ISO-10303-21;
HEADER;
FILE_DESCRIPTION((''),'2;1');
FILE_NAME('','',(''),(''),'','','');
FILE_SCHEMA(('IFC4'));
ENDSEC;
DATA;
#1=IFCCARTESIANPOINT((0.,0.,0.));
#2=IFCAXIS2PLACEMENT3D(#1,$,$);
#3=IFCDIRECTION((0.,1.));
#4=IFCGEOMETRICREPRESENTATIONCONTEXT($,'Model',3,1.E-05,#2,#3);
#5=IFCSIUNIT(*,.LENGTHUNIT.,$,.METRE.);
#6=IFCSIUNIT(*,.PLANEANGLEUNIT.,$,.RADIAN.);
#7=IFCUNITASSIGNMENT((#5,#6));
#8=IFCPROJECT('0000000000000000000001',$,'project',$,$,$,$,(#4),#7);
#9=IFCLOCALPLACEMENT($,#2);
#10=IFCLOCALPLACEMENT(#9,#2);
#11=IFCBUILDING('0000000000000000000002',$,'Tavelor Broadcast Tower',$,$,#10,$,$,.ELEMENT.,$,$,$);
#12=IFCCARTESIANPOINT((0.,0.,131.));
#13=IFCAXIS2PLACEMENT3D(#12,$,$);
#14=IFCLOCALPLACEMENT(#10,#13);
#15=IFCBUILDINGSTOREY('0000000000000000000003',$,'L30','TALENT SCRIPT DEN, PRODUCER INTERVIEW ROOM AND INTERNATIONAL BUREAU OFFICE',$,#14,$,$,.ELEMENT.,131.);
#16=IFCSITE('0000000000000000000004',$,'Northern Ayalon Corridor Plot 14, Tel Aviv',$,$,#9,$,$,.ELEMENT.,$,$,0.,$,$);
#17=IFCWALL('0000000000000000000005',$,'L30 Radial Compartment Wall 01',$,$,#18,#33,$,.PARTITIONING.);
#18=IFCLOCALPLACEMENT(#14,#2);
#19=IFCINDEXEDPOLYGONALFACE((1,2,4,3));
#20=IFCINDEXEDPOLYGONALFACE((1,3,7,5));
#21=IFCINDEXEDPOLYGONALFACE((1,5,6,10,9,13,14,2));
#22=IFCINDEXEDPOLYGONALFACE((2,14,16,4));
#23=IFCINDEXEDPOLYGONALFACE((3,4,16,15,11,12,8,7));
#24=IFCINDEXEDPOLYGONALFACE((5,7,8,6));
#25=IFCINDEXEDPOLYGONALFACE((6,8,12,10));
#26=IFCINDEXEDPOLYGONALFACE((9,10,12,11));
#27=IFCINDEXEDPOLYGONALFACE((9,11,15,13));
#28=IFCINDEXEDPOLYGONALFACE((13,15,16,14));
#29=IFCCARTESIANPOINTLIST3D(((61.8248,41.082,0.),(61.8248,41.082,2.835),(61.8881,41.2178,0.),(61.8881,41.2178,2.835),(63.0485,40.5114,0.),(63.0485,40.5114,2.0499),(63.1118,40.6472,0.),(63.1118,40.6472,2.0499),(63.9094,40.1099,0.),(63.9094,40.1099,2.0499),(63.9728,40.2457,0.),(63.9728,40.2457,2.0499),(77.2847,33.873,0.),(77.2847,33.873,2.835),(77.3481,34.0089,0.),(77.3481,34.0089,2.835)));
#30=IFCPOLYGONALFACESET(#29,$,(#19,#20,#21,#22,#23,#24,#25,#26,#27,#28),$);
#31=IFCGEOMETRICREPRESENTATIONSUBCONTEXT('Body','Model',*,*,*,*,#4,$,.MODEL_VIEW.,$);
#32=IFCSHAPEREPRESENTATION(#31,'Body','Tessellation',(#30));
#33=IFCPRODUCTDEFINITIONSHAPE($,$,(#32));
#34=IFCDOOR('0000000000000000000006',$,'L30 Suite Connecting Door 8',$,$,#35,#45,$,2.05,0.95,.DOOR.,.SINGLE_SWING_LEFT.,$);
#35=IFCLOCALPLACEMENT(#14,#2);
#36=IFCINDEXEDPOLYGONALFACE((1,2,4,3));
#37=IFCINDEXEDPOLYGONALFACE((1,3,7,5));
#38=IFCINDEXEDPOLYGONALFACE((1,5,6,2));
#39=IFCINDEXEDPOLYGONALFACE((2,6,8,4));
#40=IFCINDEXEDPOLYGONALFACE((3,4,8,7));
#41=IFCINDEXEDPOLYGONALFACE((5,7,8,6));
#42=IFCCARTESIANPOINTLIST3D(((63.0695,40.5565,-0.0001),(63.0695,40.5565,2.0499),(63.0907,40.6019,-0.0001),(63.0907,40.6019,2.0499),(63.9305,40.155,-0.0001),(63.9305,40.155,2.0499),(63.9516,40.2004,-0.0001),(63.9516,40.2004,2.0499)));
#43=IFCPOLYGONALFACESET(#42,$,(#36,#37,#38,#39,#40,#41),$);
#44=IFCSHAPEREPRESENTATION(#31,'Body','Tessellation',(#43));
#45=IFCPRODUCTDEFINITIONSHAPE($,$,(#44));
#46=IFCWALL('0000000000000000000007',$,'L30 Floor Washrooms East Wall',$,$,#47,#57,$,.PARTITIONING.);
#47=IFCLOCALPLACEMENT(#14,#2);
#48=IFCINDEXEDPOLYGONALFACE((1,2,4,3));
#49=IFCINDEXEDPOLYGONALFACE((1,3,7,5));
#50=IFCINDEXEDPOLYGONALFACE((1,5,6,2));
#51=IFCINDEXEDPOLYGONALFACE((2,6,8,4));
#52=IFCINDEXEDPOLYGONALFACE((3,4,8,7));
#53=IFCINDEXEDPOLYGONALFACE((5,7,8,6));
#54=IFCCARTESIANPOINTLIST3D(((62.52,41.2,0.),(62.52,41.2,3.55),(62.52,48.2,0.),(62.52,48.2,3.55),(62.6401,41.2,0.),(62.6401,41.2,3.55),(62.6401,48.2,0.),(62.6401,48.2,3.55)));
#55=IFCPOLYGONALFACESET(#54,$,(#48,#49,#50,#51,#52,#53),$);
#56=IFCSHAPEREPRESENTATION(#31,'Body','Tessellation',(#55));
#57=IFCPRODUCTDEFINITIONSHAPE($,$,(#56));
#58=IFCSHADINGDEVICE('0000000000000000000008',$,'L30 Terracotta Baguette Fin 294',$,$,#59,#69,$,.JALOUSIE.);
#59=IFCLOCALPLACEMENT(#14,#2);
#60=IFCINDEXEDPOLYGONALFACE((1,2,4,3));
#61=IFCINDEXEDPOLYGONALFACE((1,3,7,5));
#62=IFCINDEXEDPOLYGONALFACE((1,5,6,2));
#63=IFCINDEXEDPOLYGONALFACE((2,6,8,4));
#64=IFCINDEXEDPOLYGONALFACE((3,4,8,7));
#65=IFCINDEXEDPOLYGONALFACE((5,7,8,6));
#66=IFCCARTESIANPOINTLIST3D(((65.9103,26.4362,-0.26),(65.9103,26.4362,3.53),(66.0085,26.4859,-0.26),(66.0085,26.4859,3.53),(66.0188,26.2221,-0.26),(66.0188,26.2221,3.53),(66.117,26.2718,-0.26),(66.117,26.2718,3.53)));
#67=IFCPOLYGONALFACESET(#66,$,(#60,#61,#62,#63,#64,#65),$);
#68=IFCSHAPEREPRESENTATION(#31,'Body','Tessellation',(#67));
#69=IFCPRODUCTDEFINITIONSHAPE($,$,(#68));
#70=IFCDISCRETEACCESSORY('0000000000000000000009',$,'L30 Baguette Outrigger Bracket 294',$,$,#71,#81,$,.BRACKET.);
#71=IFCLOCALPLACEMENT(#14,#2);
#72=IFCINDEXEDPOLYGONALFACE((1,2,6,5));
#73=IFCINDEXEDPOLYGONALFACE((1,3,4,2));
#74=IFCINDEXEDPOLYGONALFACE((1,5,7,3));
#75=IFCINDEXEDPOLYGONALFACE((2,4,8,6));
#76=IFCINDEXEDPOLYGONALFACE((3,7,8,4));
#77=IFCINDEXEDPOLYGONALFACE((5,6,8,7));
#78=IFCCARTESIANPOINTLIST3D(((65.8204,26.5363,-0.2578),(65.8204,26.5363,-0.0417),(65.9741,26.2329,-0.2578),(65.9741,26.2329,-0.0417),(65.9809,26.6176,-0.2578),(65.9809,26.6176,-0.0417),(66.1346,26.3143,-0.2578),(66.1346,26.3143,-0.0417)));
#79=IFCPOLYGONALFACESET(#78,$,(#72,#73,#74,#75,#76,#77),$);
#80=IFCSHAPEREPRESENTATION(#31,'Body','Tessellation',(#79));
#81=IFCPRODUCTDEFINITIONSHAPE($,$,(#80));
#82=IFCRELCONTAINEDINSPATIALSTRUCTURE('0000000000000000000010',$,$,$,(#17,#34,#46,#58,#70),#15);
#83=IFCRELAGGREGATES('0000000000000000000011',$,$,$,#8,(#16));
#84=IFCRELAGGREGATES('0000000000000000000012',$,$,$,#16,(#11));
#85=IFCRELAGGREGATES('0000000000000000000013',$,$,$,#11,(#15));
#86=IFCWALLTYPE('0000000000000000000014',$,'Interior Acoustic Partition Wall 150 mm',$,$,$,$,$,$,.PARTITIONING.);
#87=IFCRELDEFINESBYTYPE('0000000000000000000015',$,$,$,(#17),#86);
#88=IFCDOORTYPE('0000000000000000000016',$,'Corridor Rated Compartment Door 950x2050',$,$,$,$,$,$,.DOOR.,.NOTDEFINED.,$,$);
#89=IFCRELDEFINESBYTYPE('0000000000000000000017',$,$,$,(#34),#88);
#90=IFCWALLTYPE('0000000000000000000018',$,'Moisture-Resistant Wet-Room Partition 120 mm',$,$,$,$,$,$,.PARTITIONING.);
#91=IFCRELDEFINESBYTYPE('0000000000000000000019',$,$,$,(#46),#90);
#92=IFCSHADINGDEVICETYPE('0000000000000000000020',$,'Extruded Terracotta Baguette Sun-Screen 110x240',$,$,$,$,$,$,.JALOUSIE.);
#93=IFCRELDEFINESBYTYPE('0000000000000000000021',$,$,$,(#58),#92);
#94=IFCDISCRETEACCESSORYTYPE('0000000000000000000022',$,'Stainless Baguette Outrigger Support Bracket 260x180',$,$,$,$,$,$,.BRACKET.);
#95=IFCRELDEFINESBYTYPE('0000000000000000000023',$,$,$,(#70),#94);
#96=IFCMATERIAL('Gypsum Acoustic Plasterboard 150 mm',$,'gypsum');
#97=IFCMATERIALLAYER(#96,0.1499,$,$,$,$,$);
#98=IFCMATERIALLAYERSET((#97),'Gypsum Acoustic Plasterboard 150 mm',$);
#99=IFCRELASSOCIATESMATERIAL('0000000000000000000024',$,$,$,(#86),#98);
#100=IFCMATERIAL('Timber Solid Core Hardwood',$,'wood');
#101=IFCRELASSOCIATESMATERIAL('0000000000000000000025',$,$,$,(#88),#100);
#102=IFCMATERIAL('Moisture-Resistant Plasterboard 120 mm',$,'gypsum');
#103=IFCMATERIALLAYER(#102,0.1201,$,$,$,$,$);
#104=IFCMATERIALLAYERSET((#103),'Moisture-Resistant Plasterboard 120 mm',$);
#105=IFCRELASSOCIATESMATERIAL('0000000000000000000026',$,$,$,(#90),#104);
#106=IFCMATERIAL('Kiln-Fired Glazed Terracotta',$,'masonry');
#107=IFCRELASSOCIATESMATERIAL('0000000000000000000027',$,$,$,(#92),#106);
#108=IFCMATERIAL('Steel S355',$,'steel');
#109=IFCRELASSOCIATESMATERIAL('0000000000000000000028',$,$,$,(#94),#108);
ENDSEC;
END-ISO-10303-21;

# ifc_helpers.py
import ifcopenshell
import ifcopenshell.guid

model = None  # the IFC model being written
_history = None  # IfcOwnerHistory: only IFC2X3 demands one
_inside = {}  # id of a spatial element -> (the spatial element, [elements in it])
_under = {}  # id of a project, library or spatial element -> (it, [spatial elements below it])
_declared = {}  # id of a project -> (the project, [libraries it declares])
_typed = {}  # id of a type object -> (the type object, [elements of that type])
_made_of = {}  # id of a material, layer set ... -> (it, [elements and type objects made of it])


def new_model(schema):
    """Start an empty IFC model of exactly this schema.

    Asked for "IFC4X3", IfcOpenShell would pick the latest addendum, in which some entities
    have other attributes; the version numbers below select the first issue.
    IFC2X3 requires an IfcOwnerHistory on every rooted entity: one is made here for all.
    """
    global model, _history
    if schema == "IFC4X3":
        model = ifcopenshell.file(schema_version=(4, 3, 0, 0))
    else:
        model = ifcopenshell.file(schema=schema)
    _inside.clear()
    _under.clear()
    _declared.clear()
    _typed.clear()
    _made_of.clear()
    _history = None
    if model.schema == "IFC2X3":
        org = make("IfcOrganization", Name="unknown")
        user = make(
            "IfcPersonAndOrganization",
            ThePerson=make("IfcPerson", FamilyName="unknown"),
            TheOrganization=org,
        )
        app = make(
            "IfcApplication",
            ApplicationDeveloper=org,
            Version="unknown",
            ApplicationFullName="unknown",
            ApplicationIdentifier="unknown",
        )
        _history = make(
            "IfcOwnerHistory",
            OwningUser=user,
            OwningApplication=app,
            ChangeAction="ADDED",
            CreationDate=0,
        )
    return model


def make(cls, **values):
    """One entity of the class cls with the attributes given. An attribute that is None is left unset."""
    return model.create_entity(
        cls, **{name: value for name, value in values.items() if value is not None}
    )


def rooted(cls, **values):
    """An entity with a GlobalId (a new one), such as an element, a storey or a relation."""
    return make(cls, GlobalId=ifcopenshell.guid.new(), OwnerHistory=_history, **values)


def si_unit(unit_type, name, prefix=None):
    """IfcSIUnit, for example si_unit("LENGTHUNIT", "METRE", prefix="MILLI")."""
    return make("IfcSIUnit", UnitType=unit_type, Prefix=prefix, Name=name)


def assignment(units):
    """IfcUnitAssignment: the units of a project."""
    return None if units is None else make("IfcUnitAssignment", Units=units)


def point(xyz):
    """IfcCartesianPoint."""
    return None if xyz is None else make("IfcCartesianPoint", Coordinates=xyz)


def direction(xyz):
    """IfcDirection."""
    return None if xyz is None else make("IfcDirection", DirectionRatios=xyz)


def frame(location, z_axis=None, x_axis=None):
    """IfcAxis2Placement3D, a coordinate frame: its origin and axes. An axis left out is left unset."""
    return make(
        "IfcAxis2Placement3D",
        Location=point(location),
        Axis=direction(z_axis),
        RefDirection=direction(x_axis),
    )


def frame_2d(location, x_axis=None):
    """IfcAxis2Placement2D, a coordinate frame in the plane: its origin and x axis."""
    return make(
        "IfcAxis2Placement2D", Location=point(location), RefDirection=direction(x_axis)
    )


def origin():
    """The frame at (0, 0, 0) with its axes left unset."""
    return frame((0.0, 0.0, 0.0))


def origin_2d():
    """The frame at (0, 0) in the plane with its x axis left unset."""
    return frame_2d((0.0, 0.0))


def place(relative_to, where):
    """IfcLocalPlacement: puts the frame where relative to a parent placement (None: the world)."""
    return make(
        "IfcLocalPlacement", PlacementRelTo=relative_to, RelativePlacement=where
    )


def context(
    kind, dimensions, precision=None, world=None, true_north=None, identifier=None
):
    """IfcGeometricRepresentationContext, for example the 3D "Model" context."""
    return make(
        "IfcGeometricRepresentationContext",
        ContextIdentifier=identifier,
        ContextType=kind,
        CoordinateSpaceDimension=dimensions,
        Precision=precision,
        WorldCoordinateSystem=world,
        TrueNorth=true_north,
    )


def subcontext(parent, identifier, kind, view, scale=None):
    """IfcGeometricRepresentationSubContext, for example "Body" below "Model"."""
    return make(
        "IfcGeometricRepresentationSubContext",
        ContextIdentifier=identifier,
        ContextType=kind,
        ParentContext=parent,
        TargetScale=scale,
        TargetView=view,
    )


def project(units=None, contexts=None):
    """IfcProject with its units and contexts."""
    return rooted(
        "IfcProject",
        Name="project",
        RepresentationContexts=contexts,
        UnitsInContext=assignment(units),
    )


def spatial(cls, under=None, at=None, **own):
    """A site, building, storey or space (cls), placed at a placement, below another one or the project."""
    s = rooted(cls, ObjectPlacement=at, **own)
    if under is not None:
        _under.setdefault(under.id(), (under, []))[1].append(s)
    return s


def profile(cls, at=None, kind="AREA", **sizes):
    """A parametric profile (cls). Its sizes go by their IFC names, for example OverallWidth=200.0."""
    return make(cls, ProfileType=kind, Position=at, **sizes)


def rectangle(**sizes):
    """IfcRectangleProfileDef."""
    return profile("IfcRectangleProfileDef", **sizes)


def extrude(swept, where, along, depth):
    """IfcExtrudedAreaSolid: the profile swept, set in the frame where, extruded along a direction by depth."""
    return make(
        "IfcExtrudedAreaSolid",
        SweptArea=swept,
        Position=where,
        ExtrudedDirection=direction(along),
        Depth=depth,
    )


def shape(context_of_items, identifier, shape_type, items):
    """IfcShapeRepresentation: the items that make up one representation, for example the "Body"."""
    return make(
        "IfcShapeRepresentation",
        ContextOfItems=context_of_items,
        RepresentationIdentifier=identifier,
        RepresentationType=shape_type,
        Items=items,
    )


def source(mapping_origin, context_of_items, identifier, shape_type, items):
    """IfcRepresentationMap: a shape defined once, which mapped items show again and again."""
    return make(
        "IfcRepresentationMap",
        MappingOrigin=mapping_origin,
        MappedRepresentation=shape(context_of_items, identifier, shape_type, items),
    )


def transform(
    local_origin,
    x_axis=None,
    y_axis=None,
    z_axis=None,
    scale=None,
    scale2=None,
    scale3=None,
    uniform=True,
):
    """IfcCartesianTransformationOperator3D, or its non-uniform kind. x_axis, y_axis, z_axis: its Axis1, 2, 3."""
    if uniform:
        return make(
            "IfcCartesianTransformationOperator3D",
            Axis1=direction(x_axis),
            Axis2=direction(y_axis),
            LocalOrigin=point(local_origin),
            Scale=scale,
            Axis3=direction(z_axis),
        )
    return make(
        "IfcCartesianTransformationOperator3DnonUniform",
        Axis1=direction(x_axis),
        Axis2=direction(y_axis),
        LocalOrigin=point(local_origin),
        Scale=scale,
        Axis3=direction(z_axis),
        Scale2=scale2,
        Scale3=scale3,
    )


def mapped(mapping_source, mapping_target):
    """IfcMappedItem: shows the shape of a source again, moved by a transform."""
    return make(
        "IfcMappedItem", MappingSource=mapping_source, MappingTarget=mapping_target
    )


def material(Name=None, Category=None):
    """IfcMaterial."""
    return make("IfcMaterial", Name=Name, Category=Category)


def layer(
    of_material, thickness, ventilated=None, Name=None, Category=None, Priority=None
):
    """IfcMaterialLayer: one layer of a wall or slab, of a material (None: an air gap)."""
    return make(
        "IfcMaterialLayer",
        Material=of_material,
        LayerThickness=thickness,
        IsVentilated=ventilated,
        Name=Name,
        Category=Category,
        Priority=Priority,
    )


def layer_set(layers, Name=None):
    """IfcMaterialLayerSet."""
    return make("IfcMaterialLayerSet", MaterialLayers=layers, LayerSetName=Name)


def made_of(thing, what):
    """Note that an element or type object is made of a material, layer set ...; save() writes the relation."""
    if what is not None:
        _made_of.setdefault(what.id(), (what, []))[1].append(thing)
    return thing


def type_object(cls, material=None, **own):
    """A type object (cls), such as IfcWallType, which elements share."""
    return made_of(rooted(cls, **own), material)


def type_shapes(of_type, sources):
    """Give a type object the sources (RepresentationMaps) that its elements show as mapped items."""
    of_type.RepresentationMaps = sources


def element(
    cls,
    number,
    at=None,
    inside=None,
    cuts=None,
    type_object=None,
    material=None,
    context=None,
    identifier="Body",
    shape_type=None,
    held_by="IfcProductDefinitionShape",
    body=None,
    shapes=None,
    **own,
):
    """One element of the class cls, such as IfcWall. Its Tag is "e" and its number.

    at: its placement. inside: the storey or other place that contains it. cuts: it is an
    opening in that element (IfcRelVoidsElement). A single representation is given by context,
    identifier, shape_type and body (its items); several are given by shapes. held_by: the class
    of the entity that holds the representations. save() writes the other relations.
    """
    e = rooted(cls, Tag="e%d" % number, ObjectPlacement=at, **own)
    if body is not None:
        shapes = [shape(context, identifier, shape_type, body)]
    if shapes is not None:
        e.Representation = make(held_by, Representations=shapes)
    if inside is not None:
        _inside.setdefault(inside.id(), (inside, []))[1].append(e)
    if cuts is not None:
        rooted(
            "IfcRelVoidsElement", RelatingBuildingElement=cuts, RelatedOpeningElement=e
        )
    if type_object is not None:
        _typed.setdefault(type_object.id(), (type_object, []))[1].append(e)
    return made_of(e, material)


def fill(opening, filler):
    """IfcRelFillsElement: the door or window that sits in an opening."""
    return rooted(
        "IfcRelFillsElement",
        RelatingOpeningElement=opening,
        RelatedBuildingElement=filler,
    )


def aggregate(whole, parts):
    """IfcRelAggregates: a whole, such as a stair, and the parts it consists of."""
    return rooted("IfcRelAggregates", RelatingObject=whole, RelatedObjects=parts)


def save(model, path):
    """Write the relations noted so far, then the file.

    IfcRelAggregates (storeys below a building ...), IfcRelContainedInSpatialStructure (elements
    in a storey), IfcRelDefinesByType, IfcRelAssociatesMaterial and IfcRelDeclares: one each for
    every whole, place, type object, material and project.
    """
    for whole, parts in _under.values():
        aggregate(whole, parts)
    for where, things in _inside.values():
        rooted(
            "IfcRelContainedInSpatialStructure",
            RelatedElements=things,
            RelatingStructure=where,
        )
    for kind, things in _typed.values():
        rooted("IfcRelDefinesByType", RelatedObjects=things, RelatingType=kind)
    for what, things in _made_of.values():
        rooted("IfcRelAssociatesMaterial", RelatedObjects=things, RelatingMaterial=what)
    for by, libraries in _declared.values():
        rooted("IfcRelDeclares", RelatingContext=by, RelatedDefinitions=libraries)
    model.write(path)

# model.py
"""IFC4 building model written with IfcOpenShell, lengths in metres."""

from ifc_helpers import new_model, si_unit, direction, frame, frame_2d, origin, origin_2d, place, context, subcontext, project, spatial, rectangle, extrude, source, transform, mapped, material, layer, layer_set, type_object, type_shapes, element, fill, save


model = new_model("IFC4")

# Units and contexts
model_context = context("Model", 3, precision=1e-05, world=origin(), true_north=direction((0.0, 1.0)))
body_context = subcontext(model_context, "Body", "Model", "MODEL_VIEW")
ifc_project = project(units=[si_unit("LENGTHUNIT", "METRE"), si_unit("PLANEANGLEUNIT", "RADIAN")], contexts=[model_context])

# Site, building, storey
site_placement = place(None, origin())
site = spatial("IfcSite", under=ifc_project, at=site_placement, Name="Northern Ayalon Corridor Plot 14, Tel Aviv", CompositionType="ELEMENT", RefElevation=0.0)
building_placement = place(site_placement, origin())
building = spatial("IfcBuilding", under=site, at=building_placement, Name="Tavelor Broadcast Tower", CompositionType="ELEMENT")
storey_placement = place(building_placement, frame((0.0, 0.0, 131.0)))
storey = spatial("IfcBuildingStorey", under=building, at=storey_placement, Name="L30", Description="TALENT SCRIPT DEN, PRODUCER INTERVIEW ROOM AND INTERNATIONAL BUREAU OFFICE", CompositionType="ELEMENT", Elevation=131.0)

# Shared definitions
ifc_material_1 = material(Name="Steel S355", Category="steel")

# Wall, opening, door
ifc_material_2 = material(Name="Gypsum Acoustic Plasterboard 150 mm", Category="gypsum")
ifc_layer_1 = layer(ifc_material_2, 0.1499)
ifc_layer_set_1 = layer_set([ifc_layer_1], Name="Gypsum Acoustic Plasterboard 150 mm")
wall_type_1 = type_object("IfcWallType", Name="Interior Acoustic Partition Wall 150 mm", PredefinedType="PARTITIONING", material=ifc_layer_set_1)
wall_1_placement = place(storey_placement, frame((61.8564, 41.1499, 0.0), z_axis=(0.0, 0.0, 1.0), x_axis=(0.90631, -0.422613, 0.0)))
wall_1 = element("IfcWall", 1, at=wall_1_placement, inside=storey, type_object=wall_type_1, Name="L30 Radial Compartment Wall 01", PredefinedType="PARTITIONING", context=body_context, shape_type="SweptSolid", body=[
    extrude(rectangle(XDim=17.0581, YDim=0.1499, at=frame_2d((8.5291, 0.0))), origin(), (0.0, 0.0, 1.0), 2.835),
])
opening_placement = place(wall_1_placement, frame((1.3501, 0.0, 0.0)))
opening = element("IfcOpeningElement", 2, at=opening_placement, cuts=wall_1, PredefinedType="OPENING", context=body_context, shape_type="SweptSolid", body=[
    extrude(rectangle(XDim=0.95, YDim=2.05, at=frame_2d((0.4751, 1.0249))), frame((0.0, 0.085, 0.0), z_axis=(0.0, -1.0, 0.0), x_axis=(1.0, 0.0, 0.0)), (0.0, 0.0, 1.0), 0.1699),
])
ifc_material_3 = material(Name="Timber Solid Core Hardwood", Category="wood")
door_type = type_object("IfcDoorType", Name="Corridor Rated Compartment Door 950x2050", OperationType="NOTDEFINED", PredefinedType="DOOR", material=ifc_material_3)
door_placement = place(opening_placement, origin())
door = element("IfcDoor", 3, at=door_placement, inside=storey, type_object=door_type, Name="L30 Suite Connecting Door 8", OperationType="SINGLE_SWING_LEFT", OverallHeight=2.05, OverallWidth=0.95, PredefinedType="DOOR", context=body_context, shape_type="SweptSolid", body=[
    extrude(rectangle(XDim=0.95, YDim=2.05, at=frame_2d((0.4751, 1.0249))), frame((0.0, 0.0249, 0.0), z_axis=(0.0, -1.0, 0.0), x_axis=(1.0, 0.0, 0.0)), (0.0, 0.0, 1.0), 0.05),
])
fill(opening, door)

# Wall
ifc_material_4 = material(Name="Moisture-Resistant Plasterboard 120 mm", Category="gypsum")
ifc_layer_2 = layer(ifc_material_4, 0.1201)
ifc_layer_set_2 = layer_set([ifc_layer_2], Name="Moisture-Resistant Plasterboard 120 mm")
wall_type_2 = type_object("IfcWallType", Name="Moisture-Resistant Wet-Room Partition 120 mm", PredefinedType="PARTITIONING", material=ifc_layer_set_2)
wall_2_placement = place(storey_placement, frame((62.5801, 41.2, 0.0), z_axis=(0.0, 0.0, 1.0), x_axis=(0.0, 1.0, 0.0)))
element("IfcWall", 4, at=wall_2_placement, inside=storey, type_object=wall_type_2, Name="L30 Floor Washrooms East Wall", PredefinedType="PARTITIONING", context=body_context, shape_type="SweptSolid", body=[
    extrude(rectangle(XDim=7.0, YDim=0.1201, at=frame_2d((3.5, 0.0))), origin(), (0.0, 0.0, 1.0), 3.55),
])

# Shading device
ifc_material_5 = material(Name="Kiln-Fired Glazed Terracotta", Category="masonry")
shading_device_type = type_object("IfcShadingDeviceType", Name="Extruded Terracotta Baguette Sun-Screen 110x240", PredefinedType="JALOUSIE", material=ifc_material_5)
shared_shape_1 = source(origin(), body_context, "Body", "SweptSolid", [
    extrude(rectangle(XDim=0.1101, YDim=0.24, at=origin_2d()), origin(), (0.0, 0.0, 1.0), 3.79),
])
type_shapes(shading_device_type, [shared_shape_1])
shading_device_placement = place(storey_placement, frame((66.0137, 26.354, -0.26), z_axis=(0.0, 0.0, 1.0), x_axis=(0.892034, 0.451968, 0.0)))
element("IfcShadingDevice", 5, at=shading_device_placement, inside=storey, type_object=shading_device_type, Name="L30 Terracotta Baguette Fin 294", PredefinedType="JALOUSIE", context=body_context, shape_type="MappedRepresentation", body=[
    mapped(shared_shape_1, transform((0.0, 0.0, 0.0), scale=1.0)),
])

# Discrete accessory
discrete_accessory_type = type_object("IfcDiscreteAccessoryType", Name="Stainless Baguette Outrigger Support Bracket 260x180", PredefinedType="BRACKET", material=ifc_material_1)
shared_shape_2 = source(origin(), body_context, "Body", "SweptSolid", [
    extrude(rectangle(XDim=0.1799, YDim=0.3401, at=origin_2d()), origin(), (0.0, 0.0, 1.0), 0.2161),
])
type_shapes(discrete_accessory_type, [shared_shape_2])
discrete_accessory_placement = place(storey_placement, frame((65.9775, 26.4253, -0.2578), z_axis=(0.0, 0.0, 1.0), x_axis=(0.892034, 0.451968, 0.0)))
element("IfcDiscreteAccessory", 6, at=discrete_accessory_placement, inside=storey, type_object=discrete_accessory_type, Name="L30 Baguette Outrigger Bracket 294", PredefinedType="BRACKET", context=body_context, shape_type="MappedRepresentation", body=[
    mapped(shared_shape_2, transform((0.0, 0.0, 0.0), scale=1.0)),
])

save(model, "model.ifc")
